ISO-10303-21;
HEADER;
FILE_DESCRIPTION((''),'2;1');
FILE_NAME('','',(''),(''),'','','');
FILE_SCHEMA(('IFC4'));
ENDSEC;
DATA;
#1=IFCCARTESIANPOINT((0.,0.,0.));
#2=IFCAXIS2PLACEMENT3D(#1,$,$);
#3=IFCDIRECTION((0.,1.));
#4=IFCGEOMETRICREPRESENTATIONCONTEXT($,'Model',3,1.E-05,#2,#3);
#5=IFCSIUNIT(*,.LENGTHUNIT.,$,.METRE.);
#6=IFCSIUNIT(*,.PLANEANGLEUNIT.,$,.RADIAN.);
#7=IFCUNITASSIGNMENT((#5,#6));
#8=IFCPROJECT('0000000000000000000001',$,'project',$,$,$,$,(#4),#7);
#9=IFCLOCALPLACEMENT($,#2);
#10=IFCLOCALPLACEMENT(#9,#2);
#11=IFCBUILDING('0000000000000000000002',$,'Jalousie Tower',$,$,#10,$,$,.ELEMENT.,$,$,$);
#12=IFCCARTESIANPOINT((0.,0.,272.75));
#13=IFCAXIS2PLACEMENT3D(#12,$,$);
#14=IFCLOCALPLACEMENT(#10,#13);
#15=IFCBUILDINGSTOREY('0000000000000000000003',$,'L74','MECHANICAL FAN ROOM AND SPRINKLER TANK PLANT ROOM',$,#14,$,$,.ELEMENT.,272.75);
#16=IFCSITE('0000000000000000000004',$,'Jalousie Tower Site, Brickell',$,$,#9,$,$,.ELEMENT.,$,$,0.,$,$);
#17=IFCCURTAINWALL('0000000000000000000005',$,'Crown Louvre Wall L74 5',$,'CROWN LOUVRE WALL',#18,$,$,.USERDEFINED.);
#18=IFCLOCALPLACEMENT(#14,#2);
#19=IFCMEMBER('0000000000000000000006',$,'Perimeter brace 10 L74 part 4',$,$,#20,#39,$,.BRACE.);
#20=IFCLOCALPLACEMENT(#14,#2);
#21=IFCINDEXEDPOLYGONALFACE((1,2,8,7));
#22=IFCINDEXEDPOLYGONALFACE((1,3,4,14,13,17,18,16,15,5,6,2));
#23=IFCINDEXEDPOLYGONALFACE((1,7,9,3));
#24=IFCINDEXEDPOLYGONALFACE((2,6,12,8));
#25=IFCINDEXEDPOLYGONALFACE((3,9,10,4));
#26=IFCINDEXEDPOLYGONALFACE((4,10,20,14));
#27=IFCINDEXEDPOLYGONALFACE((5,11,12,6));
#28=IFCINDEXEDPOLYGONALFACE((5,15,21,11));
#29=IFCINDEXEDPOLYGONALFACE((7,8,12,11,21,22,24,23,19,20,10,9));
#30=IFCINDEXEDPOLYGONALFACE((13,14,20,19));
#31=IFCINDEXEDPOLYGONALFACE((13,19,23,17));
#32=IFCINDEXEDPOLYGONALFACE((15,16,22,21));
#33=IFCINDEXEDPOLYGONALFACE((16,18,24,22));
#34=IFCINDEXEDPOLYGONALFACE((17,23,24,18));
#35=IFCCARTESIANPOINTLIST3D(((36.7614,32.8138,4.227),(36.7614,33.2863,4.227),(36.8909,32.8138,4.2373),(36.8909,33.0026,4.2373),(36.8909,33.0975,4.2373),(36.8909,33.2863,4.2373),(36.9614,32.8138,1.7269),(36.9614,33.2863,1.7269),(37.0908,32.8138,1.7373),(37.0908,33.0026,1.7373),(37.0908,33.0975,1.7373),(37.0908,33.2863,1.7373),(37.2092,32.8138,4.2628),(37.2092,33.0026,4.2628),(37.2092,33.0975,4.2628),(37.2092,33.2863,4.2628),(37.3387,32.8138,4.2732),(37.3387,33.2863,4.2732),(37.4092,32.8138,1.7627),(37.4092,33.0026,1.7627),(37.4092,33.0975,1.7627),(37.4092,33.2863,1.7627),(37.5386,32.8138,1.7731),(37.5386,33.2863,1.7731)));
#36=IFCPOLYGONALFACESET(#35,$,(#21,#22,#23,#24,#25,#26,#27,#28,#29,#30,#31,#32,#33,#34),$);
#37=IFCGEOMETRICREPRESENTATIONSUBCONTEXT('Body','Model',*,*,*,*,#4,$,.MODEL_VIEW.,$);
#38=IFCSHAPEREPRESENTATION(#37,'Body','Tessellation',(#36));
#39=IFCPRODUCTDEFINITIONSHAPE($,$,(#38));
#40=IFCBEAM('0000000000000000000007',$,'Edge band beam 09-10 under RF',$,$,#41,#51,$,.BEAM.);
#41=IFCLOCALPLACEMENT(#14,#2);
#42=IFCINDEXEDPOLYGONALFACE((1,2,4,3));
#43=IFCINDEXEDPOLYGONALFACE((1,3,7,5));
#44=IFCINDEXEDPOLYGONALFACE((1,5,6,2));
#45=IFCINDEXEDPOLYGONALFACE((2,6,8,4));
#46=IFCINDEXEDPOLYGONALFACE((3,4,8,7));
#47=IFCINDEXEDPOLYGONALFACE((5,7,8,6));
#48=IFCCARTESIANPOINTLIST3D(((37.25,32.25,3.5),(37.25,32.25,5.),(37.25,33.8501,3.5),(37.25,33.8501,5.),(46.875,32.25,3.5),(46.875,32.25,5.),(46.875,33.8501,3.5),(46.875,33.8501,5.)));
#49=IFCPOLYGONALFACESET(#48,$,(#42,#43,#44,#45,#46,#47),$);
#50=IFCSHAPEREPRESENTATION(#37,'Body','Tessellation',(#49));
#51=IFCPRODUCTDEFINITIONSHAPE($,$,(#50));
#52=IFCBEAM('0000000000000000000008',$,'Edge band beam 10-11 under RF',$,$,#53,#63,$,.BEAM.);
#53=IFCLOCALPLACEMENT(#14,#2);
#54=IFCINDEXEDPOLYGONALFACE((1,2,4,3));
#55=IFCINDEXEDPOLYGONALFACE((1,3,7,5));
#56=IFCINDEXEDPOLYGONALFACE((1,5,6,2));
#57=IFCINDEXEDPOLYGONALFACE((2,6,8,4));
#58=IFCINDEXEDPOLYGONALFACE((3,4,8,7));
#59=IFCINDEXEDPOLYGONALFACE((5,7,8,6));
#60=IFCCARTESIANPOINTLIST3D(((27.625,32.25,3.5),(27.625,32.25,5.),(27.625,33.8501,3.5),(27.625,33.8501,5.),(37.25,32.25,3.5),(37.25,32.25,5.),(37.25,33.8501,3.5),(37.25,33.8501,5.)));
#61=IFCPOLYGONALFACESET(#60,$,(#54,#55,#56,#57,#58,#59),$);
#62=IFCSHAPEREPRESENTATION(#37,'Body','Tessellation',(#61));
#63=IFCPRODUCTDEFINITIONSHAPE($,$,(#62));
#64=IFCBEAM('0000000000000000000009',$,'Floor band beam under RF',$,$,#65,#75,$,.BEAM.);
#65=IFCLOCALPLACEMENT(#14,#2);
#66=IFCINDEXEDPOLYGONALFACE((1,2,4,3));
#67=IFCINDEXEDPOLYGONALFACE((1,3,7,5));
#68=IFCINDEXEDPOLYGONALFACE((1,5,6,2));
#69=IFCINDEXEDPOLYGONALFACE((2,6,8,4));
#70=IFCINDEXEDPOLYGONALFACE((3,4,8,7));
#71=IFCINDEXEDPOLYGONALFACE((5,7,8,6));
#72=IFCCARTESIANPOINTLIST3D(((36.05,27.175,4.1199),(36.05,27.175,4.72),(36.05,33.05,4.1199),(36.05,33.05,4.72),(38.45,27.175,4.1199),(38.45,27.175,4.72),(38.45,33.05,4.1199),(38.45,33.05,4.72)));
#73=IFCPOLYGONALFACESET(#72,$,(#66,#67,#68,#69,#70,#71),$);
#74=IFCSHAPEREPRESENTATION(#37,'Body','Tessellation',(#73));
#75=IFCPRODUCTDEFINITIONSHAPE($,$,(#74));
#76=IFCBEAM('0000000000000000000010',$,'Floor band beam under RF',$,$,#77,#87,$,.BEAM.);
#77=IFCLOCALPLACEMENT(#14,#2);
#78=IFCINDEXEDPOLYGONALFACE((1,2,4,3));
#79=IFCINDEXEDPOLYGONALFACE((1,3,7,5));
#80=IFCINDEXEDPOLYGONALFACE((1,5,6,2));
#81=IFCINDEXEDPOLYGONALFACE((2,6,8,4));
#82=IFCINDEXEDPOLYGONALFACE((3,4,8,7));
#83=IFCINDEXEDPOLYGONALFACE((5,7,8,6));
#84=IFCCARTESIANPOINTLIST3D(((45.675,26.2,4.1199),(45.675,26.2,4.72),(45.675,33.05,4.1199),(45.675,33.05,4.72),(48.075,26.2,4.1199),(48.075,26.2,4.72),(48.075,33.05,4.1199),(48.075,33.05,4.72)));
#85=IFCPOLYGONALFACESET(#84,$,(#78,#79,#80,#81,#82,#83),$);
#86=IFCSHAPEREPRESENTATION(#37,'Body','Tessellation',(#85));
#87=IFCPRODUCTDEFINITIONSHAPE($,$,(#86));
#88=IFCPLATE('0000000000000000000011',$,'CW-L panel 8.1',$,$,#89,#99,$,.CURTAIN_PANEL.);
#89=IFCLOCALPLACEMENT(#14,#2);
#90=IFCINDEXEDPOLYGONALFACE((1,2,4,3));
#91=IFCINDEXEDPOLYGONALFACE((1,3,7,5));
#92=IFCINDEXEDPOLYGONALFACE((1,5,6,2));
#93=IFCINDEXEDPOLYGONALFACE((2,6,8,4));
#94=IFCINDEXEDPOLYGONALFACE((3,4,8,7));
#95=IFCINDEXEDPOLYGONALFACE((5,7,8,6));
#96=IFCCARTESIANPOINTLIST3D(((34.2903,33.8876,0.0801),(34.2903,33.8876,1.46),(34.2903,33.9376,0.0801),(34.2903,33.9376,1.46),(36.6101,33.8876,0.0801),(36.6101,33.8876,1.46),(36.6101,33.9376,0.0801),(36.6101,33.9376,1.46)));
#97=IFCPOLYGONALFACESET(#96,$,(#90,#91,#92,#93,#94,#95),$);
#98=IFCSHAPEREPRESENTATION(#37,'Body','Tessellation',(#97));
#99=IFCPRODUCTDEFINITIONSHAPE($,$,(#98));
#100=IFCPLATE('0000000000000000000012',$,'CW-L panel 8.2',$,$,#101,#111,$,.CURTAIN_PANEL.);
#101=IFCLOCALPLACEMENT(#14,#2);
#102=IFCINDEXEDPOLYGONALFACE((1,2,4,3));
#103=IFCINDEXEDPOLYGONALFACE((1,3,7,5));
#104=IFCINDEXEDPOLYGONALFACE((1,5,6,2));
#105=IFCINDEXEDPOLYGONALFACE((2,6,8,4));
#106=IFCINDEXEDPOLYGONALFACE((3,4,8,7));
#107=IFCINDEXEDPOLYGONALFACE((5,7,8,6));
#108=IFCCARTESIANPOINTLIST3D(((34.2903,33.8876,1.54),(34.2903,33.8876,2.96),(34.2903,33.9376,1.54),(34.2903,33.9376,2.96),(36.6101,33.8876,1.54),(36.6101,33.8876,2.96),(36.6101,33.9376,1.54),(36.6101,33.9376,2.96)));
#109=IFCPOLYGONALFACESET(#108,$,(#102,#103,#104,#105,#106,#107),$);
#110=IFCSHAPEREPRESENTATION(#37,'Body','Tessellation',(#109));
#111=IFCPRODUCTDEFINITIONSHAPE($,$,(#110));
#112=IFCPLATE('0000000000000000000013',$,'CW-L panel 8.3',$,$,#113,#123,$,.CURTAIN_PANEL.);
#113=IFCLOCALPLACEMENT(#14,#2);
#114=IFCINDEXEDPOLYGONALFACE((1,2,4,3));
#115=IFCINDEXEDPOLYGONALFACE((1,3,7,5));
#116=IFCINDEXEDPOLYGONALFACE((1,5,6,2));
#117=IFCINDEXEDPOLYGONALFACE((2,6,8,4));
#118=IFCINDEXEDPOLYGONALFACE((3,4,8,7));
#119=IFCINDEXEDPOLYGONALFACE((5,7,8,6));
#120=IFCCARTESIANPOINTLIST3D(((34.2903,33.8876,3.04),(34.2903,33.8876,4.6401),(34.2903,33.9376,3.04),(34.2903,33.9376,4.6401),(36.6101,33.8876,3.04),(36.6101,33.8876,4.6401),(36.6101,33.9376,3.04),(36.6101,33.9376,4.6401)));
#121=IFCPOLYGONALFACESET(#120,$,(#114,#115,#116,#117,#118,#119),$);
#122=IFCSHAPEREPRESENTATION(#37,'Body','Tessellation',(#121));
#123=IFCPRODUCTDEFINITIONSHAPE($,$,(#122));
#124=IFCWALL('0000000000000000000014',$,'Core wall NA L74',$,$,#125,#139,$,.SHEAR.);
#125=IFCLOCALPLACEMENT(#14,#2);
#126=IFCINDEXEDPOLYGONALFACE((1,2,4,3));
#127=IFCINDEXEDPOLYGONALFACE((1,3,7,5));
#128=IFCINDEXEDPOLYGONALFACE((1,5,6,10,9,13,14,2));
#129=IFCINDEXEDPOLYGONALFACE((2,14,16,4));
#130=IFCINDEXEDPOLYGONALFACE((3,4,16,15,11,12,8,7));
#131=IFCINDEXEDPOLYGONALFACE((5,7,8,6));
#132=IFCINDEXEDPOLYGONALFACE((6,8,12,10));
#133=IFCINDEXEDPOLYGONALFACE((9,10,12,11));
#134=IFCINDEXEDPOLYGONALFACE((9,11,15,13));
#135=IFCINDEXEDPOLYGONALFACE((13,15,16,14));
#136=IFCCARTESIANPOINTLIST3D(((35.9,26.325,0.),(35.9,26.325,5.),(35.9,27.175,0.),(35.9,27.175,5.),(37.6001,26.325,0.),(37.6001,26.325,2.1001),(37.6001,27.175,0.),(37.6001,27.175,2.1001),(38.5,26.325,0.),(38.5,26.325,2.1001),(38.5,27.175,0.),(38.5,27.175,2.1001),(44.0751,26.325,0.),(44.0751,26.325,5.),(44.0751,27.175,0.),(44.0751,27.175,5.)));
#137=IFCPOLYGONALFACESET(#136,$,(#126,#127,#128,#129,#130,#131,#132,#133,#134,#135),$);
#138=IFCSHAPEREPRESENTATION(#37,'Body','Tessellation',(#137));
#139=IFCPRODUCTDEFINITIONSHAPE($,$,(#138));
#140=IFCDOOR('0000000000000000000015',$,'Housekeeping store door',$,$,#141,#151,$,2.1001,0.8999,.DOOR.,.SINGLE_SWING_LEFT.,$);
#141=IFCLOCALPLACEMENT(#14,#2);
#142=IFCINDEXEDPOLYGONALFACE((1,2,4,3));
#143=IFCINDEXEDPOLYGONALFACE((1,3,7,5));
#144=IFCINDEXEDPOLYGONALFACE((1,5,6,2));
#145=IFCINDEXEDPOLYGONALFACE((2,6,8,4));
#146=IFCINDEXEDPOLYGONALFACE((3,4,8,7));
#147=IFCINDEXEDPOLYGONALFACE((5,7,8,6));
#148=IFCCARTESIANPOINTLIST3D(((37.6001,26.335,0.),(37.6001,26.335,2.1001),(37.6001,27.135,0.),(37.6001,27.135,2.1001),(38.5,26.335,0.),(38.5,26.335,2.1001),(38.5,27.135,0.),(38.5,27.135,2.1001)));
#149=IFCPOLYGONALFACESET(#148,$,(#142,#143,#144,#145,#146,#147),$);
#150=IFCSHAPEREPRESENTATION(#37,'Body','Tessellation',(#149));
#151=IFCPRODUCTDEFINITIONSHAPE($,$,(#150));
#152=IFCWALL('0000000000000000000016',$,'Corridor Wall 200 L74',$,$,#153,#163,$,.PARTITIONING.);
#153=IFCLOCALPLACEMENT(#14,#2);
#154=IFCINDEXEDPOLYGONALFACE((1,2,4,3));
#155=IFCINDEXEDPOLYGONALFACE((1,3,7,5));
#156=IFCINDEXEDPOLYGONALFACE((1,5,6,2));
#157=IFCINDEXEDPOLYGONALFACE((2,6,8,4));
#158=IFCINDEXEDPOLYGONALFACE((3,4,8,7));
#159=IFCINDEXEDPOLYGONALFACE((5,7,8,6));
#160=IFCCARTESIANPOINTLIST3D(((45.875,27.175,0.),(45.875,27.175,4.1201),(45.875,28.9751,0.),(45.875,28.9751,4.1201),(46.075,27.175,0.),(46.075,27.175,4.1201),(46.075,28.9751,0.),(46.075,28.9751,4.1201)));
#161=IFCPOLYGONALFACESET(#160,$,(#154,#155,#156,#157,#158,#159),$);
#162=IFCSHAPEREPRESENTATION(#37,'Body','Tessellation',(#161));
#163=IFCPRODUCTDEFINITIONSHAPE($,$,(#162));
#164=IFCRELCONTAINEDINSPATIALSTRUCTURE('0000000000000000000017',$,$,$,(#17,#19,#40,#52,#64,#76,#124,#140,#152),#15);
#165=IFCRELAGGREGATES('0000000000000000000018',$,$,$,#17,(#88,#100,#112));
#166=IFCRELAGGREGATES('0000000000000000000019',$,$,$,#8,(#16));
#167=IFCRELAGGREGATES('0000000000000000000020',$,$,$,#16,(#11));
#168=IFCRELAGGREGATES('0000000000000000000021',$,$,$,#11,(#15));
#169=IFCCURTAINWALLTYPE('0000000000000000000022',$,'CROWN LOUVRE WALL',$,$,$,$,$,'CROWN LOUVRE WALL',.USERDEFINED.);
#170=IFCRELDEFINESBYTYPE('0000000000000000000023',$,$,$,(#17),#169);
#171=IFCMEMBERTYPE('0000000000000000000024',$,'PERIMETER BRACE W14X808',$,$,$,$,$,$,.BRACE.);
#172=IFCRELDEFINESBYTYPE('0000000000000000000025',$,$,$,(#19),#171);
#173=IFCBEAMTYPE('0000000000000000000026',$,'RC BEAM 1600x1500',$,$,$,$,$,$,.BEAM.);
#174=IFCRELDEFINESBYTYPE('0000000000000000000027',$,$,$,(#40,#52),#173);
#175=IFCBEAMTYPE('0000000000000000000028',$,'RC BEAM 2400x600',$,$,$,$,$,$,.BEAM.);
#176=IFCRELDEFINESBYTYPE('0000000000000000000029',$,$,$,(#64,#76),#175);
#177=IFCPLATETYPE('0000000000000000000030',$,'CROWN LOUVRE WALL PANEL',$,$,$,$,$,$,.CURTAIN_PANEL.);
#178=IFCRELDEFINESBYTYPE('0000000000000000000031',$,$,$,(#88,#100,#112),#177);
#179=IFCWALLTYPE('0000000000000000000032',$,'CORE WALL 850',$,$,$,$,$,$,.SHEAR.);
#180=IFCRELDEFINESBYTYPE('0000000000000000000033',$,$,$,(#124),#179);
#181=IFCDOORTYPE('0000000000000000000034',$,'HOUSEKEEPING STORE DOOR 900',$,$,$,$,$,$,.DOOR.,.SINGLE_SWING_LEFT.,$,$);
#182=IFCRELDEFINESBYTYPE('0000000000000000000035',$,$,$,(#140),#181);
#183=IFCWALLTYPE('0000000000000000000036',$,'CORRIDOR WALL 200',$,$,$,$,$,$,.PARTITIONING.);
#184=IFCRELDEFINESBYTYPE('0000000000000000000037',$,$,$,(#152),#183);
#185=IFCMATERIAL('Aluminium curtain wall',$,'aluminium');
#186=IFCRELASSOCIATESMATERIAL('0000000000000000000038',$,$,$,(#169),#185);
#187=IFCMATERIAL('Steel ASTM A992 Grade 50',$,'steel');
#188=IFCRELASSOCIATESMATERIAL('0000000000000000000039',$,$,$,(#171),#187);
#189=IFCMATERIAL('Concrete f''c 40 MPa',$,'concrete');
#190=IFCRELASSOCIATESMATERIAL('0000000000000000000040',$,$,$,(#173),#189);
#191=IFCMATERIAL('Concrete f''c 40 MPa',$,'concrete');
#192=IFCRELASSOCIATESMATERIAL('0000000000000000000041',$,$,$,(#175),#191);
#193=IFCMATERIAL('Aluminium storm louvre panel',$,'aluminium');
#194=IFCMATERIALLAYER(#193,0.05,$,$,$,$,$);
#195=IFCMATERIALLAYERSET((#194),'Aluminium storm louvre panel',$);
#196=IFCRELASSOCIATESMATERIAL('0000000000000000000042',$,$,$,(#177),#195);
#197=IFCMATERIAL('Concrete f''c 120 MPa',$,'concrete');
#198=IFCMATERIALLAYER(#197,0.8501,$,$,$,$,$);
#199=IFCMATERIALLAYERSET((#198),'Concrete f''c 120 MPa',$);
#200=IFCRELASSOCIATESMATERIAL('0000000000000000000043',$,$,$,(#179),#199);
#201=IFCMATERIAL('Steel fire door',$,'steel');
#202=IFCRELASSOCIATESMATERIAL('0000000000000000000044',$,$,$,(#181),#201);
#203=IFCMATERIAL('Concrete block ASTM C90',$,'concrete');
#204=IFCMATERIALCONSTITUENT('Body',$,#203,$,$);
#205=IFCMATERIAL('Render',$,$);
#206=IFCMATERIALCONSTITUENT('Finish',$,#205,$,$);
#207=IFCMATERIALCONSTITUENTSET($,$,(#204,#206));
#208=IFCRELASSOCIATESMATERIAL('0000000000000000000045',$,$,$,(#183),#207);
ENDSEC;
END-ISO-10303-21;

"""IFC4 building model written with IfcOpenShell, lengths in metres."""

from ifc_helpers import new_model, si_unit, direction, frame, frame_2d, origin, origin_2d, place, context, subcontext, project, spatial, polyline, rectangle, i_section, outline, extrude, material, layer, layer_set, constituent, constituent_set, material_profile, profile_set, type_object, element, fill, aggregate, save


model = new_model("IFC4")

# Units and contexts
model_context = context("Model", 3, precision=1e-05, world=origin(), true_north=direction((0.0, 1.0)))
body_context = subcontext(model_context, "Body", "Model", "MODEL_VIEW")
ifc_project = project(units=[si_unit("LENGTHUNIT", "METRE"), si_unit("PLANEANGLEUNIT", "RADIAN")], contexts=[model_context])

# Site, building, storey
site_placement = place(None, origin())
site = spatial("IfcSite", under=ifc_project, at=site_placement, Name="Jalousie Tower Site, Brickell", CompositionType="ELEMENT", RefElevation=0.0)
building_placement = place(site_placement, origin())
building = spatial("IfcBuilding", under=site, at=building_placement, Name="Jalousie Tower", CompositionType="ELEMENT")
storey_placement = place(building_placement, frame((0.0, 0.0, 272.75)))
storey = spatial("IfcBuildingStorey", under=building, at=storey_placement, Name="L74", Description="MECHANICAL FAN ROOM AND SPRINKLER TANK PLANT ROOM", CompositionType="ELEMENT", Elevation=272.75)

# Curtain wall
ifc_material_1 = material(Name="Aluminium curtain wall", Category="aluminium")
curtain_wall_type = type_object("IfcCurtainWallType", Name="CROWN LOUVRE WALL", ElementType="CROWN LOUVRE WALL", PredefinedType="USERDEFINED", material=ifc_material_1)
curtain_wall_placement = place(storey_placement, origin())
curtain_wall = element("IfcCurtainWall", 1, at=curtain_wall_placement, inside=storey, type_object=curtain_wall_type, Name="Crown Louvre Wall L74 5", ObjectType="CROWN LOUVRE WALL", PredefinedType="USERDEFINED")

# Member
ifc_material_2 = material(Name="Steel ASTM A992 Grade 50", Category="steel")
ifc_material_profile_1 = material_profile(ifc_material_2, i_section(OverallWidth=0.4724, OverallDepth=0.5791, WebThickness=0.095, FlangeThickness=0.1299, at=origin_2d()), Name="W14X808")
ifc_profile_set_1 = profile_set([ifc_material_profile_1], Name="Steel ASTM A992 Grade 50")
member_type_1 = type_object("IfcMemberType", Name="PERIMETER BRACE W14X808", PredefinedType="BRACE", material=ifc_profile_set_1)
for number, where, z_axis, x_axis, name in (
    (2, (37.25, 33.05, 1.75), (-0.079726, 0.0, 0.996817), (0.0, -1.0, 0.0), "Perimeter brace 10 L74 part 4"),
):
    element("IfcMember", number, at=place(storey_placement, frame(where, z_axis=z_axis, x_axis=x_axis)), inside=storey, type_object=member_type_1, Name=name, PredefinedType="BRACE", context=body_context, shape_type="SweptSolid", body=[
        extrude(i_section(OverallWidth=0.4724, OverallDepth=0.5791, WebThickness=0.095, FlangeThickness=0.1299, at=origin_2d()), origin(), (0.0, 0.0, 1.0), 2.5081),
    ])

# Beams
ifc_material_3 = material(Name="Concrete f'c 40 MPa", Category="concrete")
ifc_material_profile_2 = material_profile(ifc_material_3, rectangle(XDim=1.6001, YDim=1.5, at=origin_2d()), Name="RC 1600x1500")
ifc_profile_set_2 = profile_set([ifc_material_profile_2], Name="Concrete f'c 40 MPa")
beam_type_1 = type_object("IfcBeamType", Name="RC BEAM 1600x1500", PredefinedType="BEAM", material=ifc_profile_set_2)
for number, where, z_axis, x_axis, name in (
    (3, (46.875, 33.05, 4.25), (-1.0, 0.0, 0.0), (0.0, -1.0, 0.0), "Edge band beam 09-10 under RF"),
    (4, (37.25, 33.05, 4.25), (-1.0, 0.0, 0.0), (0.0, -1.0, 0.0), "Edge band beam 10-11 under RF"),
):
    element("IfcBeam", number, at=place(storey_placement, frame(where, z_axis=z_axis, x_axis=x_axis)), inside=storey, type_object=beam_type_1, Name=name, PredefinedType="BEAM", context=body_context, shape_type="SweptSolid", body=[
        extrude(rectangle(XDim=1.6001, YDim=1.5, at=origin_2d()), origin(), (0.0, 0.0, 1.0), 9.625),
    ])
ifc_material_4 = material(Name="Concrete f'c 40 MPa", Category="concrete")
ifc_material_profile_3 = material_profile(ifc_material_4, rectangle(XDim=2.3999, YDim=0.6001, at=origin_2d()), Name="RC 2400x600")
ifc_profile_set_3 = profile_set([ifc_material_profile_3], Name="Concrete f'c 40 MPa")
beam_type_2 = type_object("IfcBeamType", Name="RC BEAM 2400x600", PredefinedType="BEAM", material=ifc_profile_set_3)
beam_1_placement = place(storey_placement, frame((37.25, 33.05, 4.4199), z_axis=(0.0, -1.0, 0.0), x_axis=(1.0, 0.0, 0.0)))
element("IfcBeam", 5, at=beam_1_placement, inside=storey, type_object=beam_type_2, Name="Floor band beam under RF", PredefinedType="BEAM", context=body_context, shape_type="SweptSolid", body=[
    extrude(rectangle(XDim=2.3999, YDim=0.6001, at=origin_2d()), origin(), (0.0, 0.0, 1.0), 5.875),
])
beam_2_placement = place(storey_placement, frame((46.875, 33.05, 4.4199), z_axis=(0.0, -1.0, 0.0), x_axis=(1.0, 0.0, 0.0)))
element("IfcBeam", 6, at=beam_2_placement, inside=storey, type_object=beam_type_2, Name="Floor band beam under RF", PredefinedType="BEAM", context=body_context, shape_type="SweptSolid", body=[
    extrude(rectangle(XDim=2.3999, YDim=0.6001, at=origin_2d()), origin(), (0.0, 0.0, 1.0), 6.8501),
])

# Plates
ifc_material_5 = material(Name="Aluminium storm louvre panel", Category="aluminium")
ifc_layer_1 = layer(ifc_material_5, 0.05)
ifc_layer_set_1 = layer_set([ifc_layer_1], Name="Aluminium storm louvre panel")
plate_type = type_object("IfcPlateType", Name="CROWN LOUVRE WALL PANEL", PredefinedType="CURTAIN_PANEL", material=ifc_layer_set_1)
plate_1_placement = place(storey_placement, frame((35.4502, 33.9126, 0.0801), z_axis=(0.0, 0.0, 1.0), x_axis=(-1.0, 0.0, 0.0)))
plate_1 = element("IfcPlate", 7, at=plate_1_placement, type_object=plate_type, Name="CW-L panel 8.1", PredefinedType="CURTAIN_PANEL", context=body_context, shape_type="SweptSolid", body=[
    extrude(rectangle(XDim=2.3198, YDim=0.05, at=origin_2d()), origin(), (0.0, 0.0, 1.0), 1.3799),
])
plate_2_placement = place(storey_placement, frame((35.4502, 33.9126, 1.54), z_axis=(0.0, 0.0, 1.0), x_axis=(-1.0, 0.0, 0.0)))
plate_2 = element("IfcPlate", 8, at=plate_2_placement, type_object=plate_type, Name="CW-L panel 8.2", PredefinedType="CURTAIN_PANEL", context=body_context, shape_type="SweptSolid", body=[
    extrude(rectangle(XDim=2.3198, YDim=0.05, at=origin_2d()), origin(), (0.0, 0.0, 1.0), 1.4199),
])
plate_3_placement = place(storey_placement, frame((35.4502, 33.9126, 3.04), z_axis=(0.0, 0.0, 1.0), x_axis=(-1.0, 0.0, 0.0)))
plate_3 = element("IfcPlate", 9, at=plate_3_placement, type_object=plate_type, Name="CW-L panel 8.3", PredefinedType="CURTAIN_PANEL", context=body_context, shape_type="SweptSolid", body=[
    extrude(rectangle(XDim=2.3198, YDim=0.05, at=origin_2d()), origin(), (0.0, 0.0, 1.0), 1.6001),
])
aggregate(curtain_wall, [plate_1, plate_2, plate_3])

# Wall, opening, door
ifc_material_6 = material(Name="Concrete f'c 120 MPa", Category="concrete")
ifc_layer_2 = layer(ifc_material_6, 0.8501)
ifc_layer_set_2 = layer_set([ifc_layer_2], Name="Concrete f'c 120 MPa")
wall_type_1 = type_object("IfcWallType", Name="CORE WALL 850", PredefinedType="SHEAR", material=ifc_layer_set_2)
wall_1_placement = place(storey_placement, frame((44.075, 26.75, 0.0), z_axis=(0.0, 0.0, 1.0), x_axis=(-1.0, 0.0, 0.0)))
wall_1 = element("IfcWall", 10, at=wall_1_placement, inside=storey, type_object=wall_type_1, Name="Core wall NA L74", PredefinedType="SHEAR", context=body_context, shape_type="SweptSolid", body=[
    extrude(rectangle(XDim=8.175, YDim=0.8501, at=frame_2d((4.0874, 0.0))), origin(), (0.0, 0.0, 1.0), 5.0),
])
opening_placement = place(wall_1_placement, frame((5.575, 0.0, 0.0)))
opening = element("IfcOpeningElement", 11, at=opening_placement, cuts=wall_1, PredefinedType="OPENING", context=body_context, shape_type="SweptSolid", body=[
    extrude(rectangle(XDim=0.8999, YDim=2.1001, at=frame_2d((0.45, 1.05))), frame((0.0, 0.4351, 0.0), z_axis=(0.0, -1.0, 0.0), x_axis=(1.0, 0.0, 0.0)), (0.0, 0.0, 1.0), 0.8701),
])
ifc_material_7 = material(Name="Steel fire door", Category="steel")
door_type = type_object("IfcDoorType", Name="HOUSEKEEPING STORE DOOR 900", OperationType="SINGLE_SWING_LEFT", PredefinedType="DOOR", material=ifc_material_7)
door_placement = place(opening_placement, origin())
door = element("IfcDoor", 12, at=door_placement, inside=storey, type_object=door_type, Name="Housekeeping store door", OperationType="SINGLE_SWING_LEFT", OverallHeight=2.1001, OverallWidth=0.8999, PredefinedType="DOOR", context=body_context, shape_type="SweptSolid", body=[
    extrude(rectangle(XDim=0.8999, YDim=2.1001, at=frame_2d((0.45, 1.05))), frame((0.0, 0.415, 0.0), z_axis=(0.0, -1.0, 0.0), x_axis=(1.0, 0.0, 0.0)), (0.0, 0.0, 1.0), 0.8),
])
fill(opening, door)

# Wall
ifc_material_8 = material(Name="Concrete block ASTM C90", Category="concrete")
ifc_constituent_1 = constituent(ifc_material_8, Name="Body")
ifc_material_9 = material(Name="Render")
ifc_constituent_2 = constituent(ifc_material_9, Name="Finish")
ifc_constituent_set_1 = constituent_set(constituents=[ifc_constituent_1, ifc_constituent_2])
wall_type_2 = type_object("IfcWallType", Name="CORRIDOR WALL 200", PredefinedType="PARTITIONING", material=ifc_constituent_set_1)
wall_2_placement = place(storey_placement, frame((45.9751, 27.175, 0.0), z_axis=(0.0, 0.0, 1.0), x_axis=(0.0, 1.0, 0.0)))
element("IfcWall", 13, at=wall_2_placement, inside=storey, type_object=wall_type_2, Name="Corridor Wall 200 L74", PredefinedType="PARTITIONING", context=body_context, shape_type="SweptSolid", body=[
    extrude(outline(polyline([(0.0, 0.0), (1.8, 0.0), (1.8, 4.72), (1.8, 4.1201), (0.0, 4.1201), (0.0, 4.72), (0.0, 0.0)])), frame((0.0, 0.1001, 0.0), z_axis=(0.0, -1.0, 0.0), x_axis=(1.0, 0.0, 0.0)), (0.0, 0.0, 1.0), 0.2),
])

save(model, "model.ifc")
